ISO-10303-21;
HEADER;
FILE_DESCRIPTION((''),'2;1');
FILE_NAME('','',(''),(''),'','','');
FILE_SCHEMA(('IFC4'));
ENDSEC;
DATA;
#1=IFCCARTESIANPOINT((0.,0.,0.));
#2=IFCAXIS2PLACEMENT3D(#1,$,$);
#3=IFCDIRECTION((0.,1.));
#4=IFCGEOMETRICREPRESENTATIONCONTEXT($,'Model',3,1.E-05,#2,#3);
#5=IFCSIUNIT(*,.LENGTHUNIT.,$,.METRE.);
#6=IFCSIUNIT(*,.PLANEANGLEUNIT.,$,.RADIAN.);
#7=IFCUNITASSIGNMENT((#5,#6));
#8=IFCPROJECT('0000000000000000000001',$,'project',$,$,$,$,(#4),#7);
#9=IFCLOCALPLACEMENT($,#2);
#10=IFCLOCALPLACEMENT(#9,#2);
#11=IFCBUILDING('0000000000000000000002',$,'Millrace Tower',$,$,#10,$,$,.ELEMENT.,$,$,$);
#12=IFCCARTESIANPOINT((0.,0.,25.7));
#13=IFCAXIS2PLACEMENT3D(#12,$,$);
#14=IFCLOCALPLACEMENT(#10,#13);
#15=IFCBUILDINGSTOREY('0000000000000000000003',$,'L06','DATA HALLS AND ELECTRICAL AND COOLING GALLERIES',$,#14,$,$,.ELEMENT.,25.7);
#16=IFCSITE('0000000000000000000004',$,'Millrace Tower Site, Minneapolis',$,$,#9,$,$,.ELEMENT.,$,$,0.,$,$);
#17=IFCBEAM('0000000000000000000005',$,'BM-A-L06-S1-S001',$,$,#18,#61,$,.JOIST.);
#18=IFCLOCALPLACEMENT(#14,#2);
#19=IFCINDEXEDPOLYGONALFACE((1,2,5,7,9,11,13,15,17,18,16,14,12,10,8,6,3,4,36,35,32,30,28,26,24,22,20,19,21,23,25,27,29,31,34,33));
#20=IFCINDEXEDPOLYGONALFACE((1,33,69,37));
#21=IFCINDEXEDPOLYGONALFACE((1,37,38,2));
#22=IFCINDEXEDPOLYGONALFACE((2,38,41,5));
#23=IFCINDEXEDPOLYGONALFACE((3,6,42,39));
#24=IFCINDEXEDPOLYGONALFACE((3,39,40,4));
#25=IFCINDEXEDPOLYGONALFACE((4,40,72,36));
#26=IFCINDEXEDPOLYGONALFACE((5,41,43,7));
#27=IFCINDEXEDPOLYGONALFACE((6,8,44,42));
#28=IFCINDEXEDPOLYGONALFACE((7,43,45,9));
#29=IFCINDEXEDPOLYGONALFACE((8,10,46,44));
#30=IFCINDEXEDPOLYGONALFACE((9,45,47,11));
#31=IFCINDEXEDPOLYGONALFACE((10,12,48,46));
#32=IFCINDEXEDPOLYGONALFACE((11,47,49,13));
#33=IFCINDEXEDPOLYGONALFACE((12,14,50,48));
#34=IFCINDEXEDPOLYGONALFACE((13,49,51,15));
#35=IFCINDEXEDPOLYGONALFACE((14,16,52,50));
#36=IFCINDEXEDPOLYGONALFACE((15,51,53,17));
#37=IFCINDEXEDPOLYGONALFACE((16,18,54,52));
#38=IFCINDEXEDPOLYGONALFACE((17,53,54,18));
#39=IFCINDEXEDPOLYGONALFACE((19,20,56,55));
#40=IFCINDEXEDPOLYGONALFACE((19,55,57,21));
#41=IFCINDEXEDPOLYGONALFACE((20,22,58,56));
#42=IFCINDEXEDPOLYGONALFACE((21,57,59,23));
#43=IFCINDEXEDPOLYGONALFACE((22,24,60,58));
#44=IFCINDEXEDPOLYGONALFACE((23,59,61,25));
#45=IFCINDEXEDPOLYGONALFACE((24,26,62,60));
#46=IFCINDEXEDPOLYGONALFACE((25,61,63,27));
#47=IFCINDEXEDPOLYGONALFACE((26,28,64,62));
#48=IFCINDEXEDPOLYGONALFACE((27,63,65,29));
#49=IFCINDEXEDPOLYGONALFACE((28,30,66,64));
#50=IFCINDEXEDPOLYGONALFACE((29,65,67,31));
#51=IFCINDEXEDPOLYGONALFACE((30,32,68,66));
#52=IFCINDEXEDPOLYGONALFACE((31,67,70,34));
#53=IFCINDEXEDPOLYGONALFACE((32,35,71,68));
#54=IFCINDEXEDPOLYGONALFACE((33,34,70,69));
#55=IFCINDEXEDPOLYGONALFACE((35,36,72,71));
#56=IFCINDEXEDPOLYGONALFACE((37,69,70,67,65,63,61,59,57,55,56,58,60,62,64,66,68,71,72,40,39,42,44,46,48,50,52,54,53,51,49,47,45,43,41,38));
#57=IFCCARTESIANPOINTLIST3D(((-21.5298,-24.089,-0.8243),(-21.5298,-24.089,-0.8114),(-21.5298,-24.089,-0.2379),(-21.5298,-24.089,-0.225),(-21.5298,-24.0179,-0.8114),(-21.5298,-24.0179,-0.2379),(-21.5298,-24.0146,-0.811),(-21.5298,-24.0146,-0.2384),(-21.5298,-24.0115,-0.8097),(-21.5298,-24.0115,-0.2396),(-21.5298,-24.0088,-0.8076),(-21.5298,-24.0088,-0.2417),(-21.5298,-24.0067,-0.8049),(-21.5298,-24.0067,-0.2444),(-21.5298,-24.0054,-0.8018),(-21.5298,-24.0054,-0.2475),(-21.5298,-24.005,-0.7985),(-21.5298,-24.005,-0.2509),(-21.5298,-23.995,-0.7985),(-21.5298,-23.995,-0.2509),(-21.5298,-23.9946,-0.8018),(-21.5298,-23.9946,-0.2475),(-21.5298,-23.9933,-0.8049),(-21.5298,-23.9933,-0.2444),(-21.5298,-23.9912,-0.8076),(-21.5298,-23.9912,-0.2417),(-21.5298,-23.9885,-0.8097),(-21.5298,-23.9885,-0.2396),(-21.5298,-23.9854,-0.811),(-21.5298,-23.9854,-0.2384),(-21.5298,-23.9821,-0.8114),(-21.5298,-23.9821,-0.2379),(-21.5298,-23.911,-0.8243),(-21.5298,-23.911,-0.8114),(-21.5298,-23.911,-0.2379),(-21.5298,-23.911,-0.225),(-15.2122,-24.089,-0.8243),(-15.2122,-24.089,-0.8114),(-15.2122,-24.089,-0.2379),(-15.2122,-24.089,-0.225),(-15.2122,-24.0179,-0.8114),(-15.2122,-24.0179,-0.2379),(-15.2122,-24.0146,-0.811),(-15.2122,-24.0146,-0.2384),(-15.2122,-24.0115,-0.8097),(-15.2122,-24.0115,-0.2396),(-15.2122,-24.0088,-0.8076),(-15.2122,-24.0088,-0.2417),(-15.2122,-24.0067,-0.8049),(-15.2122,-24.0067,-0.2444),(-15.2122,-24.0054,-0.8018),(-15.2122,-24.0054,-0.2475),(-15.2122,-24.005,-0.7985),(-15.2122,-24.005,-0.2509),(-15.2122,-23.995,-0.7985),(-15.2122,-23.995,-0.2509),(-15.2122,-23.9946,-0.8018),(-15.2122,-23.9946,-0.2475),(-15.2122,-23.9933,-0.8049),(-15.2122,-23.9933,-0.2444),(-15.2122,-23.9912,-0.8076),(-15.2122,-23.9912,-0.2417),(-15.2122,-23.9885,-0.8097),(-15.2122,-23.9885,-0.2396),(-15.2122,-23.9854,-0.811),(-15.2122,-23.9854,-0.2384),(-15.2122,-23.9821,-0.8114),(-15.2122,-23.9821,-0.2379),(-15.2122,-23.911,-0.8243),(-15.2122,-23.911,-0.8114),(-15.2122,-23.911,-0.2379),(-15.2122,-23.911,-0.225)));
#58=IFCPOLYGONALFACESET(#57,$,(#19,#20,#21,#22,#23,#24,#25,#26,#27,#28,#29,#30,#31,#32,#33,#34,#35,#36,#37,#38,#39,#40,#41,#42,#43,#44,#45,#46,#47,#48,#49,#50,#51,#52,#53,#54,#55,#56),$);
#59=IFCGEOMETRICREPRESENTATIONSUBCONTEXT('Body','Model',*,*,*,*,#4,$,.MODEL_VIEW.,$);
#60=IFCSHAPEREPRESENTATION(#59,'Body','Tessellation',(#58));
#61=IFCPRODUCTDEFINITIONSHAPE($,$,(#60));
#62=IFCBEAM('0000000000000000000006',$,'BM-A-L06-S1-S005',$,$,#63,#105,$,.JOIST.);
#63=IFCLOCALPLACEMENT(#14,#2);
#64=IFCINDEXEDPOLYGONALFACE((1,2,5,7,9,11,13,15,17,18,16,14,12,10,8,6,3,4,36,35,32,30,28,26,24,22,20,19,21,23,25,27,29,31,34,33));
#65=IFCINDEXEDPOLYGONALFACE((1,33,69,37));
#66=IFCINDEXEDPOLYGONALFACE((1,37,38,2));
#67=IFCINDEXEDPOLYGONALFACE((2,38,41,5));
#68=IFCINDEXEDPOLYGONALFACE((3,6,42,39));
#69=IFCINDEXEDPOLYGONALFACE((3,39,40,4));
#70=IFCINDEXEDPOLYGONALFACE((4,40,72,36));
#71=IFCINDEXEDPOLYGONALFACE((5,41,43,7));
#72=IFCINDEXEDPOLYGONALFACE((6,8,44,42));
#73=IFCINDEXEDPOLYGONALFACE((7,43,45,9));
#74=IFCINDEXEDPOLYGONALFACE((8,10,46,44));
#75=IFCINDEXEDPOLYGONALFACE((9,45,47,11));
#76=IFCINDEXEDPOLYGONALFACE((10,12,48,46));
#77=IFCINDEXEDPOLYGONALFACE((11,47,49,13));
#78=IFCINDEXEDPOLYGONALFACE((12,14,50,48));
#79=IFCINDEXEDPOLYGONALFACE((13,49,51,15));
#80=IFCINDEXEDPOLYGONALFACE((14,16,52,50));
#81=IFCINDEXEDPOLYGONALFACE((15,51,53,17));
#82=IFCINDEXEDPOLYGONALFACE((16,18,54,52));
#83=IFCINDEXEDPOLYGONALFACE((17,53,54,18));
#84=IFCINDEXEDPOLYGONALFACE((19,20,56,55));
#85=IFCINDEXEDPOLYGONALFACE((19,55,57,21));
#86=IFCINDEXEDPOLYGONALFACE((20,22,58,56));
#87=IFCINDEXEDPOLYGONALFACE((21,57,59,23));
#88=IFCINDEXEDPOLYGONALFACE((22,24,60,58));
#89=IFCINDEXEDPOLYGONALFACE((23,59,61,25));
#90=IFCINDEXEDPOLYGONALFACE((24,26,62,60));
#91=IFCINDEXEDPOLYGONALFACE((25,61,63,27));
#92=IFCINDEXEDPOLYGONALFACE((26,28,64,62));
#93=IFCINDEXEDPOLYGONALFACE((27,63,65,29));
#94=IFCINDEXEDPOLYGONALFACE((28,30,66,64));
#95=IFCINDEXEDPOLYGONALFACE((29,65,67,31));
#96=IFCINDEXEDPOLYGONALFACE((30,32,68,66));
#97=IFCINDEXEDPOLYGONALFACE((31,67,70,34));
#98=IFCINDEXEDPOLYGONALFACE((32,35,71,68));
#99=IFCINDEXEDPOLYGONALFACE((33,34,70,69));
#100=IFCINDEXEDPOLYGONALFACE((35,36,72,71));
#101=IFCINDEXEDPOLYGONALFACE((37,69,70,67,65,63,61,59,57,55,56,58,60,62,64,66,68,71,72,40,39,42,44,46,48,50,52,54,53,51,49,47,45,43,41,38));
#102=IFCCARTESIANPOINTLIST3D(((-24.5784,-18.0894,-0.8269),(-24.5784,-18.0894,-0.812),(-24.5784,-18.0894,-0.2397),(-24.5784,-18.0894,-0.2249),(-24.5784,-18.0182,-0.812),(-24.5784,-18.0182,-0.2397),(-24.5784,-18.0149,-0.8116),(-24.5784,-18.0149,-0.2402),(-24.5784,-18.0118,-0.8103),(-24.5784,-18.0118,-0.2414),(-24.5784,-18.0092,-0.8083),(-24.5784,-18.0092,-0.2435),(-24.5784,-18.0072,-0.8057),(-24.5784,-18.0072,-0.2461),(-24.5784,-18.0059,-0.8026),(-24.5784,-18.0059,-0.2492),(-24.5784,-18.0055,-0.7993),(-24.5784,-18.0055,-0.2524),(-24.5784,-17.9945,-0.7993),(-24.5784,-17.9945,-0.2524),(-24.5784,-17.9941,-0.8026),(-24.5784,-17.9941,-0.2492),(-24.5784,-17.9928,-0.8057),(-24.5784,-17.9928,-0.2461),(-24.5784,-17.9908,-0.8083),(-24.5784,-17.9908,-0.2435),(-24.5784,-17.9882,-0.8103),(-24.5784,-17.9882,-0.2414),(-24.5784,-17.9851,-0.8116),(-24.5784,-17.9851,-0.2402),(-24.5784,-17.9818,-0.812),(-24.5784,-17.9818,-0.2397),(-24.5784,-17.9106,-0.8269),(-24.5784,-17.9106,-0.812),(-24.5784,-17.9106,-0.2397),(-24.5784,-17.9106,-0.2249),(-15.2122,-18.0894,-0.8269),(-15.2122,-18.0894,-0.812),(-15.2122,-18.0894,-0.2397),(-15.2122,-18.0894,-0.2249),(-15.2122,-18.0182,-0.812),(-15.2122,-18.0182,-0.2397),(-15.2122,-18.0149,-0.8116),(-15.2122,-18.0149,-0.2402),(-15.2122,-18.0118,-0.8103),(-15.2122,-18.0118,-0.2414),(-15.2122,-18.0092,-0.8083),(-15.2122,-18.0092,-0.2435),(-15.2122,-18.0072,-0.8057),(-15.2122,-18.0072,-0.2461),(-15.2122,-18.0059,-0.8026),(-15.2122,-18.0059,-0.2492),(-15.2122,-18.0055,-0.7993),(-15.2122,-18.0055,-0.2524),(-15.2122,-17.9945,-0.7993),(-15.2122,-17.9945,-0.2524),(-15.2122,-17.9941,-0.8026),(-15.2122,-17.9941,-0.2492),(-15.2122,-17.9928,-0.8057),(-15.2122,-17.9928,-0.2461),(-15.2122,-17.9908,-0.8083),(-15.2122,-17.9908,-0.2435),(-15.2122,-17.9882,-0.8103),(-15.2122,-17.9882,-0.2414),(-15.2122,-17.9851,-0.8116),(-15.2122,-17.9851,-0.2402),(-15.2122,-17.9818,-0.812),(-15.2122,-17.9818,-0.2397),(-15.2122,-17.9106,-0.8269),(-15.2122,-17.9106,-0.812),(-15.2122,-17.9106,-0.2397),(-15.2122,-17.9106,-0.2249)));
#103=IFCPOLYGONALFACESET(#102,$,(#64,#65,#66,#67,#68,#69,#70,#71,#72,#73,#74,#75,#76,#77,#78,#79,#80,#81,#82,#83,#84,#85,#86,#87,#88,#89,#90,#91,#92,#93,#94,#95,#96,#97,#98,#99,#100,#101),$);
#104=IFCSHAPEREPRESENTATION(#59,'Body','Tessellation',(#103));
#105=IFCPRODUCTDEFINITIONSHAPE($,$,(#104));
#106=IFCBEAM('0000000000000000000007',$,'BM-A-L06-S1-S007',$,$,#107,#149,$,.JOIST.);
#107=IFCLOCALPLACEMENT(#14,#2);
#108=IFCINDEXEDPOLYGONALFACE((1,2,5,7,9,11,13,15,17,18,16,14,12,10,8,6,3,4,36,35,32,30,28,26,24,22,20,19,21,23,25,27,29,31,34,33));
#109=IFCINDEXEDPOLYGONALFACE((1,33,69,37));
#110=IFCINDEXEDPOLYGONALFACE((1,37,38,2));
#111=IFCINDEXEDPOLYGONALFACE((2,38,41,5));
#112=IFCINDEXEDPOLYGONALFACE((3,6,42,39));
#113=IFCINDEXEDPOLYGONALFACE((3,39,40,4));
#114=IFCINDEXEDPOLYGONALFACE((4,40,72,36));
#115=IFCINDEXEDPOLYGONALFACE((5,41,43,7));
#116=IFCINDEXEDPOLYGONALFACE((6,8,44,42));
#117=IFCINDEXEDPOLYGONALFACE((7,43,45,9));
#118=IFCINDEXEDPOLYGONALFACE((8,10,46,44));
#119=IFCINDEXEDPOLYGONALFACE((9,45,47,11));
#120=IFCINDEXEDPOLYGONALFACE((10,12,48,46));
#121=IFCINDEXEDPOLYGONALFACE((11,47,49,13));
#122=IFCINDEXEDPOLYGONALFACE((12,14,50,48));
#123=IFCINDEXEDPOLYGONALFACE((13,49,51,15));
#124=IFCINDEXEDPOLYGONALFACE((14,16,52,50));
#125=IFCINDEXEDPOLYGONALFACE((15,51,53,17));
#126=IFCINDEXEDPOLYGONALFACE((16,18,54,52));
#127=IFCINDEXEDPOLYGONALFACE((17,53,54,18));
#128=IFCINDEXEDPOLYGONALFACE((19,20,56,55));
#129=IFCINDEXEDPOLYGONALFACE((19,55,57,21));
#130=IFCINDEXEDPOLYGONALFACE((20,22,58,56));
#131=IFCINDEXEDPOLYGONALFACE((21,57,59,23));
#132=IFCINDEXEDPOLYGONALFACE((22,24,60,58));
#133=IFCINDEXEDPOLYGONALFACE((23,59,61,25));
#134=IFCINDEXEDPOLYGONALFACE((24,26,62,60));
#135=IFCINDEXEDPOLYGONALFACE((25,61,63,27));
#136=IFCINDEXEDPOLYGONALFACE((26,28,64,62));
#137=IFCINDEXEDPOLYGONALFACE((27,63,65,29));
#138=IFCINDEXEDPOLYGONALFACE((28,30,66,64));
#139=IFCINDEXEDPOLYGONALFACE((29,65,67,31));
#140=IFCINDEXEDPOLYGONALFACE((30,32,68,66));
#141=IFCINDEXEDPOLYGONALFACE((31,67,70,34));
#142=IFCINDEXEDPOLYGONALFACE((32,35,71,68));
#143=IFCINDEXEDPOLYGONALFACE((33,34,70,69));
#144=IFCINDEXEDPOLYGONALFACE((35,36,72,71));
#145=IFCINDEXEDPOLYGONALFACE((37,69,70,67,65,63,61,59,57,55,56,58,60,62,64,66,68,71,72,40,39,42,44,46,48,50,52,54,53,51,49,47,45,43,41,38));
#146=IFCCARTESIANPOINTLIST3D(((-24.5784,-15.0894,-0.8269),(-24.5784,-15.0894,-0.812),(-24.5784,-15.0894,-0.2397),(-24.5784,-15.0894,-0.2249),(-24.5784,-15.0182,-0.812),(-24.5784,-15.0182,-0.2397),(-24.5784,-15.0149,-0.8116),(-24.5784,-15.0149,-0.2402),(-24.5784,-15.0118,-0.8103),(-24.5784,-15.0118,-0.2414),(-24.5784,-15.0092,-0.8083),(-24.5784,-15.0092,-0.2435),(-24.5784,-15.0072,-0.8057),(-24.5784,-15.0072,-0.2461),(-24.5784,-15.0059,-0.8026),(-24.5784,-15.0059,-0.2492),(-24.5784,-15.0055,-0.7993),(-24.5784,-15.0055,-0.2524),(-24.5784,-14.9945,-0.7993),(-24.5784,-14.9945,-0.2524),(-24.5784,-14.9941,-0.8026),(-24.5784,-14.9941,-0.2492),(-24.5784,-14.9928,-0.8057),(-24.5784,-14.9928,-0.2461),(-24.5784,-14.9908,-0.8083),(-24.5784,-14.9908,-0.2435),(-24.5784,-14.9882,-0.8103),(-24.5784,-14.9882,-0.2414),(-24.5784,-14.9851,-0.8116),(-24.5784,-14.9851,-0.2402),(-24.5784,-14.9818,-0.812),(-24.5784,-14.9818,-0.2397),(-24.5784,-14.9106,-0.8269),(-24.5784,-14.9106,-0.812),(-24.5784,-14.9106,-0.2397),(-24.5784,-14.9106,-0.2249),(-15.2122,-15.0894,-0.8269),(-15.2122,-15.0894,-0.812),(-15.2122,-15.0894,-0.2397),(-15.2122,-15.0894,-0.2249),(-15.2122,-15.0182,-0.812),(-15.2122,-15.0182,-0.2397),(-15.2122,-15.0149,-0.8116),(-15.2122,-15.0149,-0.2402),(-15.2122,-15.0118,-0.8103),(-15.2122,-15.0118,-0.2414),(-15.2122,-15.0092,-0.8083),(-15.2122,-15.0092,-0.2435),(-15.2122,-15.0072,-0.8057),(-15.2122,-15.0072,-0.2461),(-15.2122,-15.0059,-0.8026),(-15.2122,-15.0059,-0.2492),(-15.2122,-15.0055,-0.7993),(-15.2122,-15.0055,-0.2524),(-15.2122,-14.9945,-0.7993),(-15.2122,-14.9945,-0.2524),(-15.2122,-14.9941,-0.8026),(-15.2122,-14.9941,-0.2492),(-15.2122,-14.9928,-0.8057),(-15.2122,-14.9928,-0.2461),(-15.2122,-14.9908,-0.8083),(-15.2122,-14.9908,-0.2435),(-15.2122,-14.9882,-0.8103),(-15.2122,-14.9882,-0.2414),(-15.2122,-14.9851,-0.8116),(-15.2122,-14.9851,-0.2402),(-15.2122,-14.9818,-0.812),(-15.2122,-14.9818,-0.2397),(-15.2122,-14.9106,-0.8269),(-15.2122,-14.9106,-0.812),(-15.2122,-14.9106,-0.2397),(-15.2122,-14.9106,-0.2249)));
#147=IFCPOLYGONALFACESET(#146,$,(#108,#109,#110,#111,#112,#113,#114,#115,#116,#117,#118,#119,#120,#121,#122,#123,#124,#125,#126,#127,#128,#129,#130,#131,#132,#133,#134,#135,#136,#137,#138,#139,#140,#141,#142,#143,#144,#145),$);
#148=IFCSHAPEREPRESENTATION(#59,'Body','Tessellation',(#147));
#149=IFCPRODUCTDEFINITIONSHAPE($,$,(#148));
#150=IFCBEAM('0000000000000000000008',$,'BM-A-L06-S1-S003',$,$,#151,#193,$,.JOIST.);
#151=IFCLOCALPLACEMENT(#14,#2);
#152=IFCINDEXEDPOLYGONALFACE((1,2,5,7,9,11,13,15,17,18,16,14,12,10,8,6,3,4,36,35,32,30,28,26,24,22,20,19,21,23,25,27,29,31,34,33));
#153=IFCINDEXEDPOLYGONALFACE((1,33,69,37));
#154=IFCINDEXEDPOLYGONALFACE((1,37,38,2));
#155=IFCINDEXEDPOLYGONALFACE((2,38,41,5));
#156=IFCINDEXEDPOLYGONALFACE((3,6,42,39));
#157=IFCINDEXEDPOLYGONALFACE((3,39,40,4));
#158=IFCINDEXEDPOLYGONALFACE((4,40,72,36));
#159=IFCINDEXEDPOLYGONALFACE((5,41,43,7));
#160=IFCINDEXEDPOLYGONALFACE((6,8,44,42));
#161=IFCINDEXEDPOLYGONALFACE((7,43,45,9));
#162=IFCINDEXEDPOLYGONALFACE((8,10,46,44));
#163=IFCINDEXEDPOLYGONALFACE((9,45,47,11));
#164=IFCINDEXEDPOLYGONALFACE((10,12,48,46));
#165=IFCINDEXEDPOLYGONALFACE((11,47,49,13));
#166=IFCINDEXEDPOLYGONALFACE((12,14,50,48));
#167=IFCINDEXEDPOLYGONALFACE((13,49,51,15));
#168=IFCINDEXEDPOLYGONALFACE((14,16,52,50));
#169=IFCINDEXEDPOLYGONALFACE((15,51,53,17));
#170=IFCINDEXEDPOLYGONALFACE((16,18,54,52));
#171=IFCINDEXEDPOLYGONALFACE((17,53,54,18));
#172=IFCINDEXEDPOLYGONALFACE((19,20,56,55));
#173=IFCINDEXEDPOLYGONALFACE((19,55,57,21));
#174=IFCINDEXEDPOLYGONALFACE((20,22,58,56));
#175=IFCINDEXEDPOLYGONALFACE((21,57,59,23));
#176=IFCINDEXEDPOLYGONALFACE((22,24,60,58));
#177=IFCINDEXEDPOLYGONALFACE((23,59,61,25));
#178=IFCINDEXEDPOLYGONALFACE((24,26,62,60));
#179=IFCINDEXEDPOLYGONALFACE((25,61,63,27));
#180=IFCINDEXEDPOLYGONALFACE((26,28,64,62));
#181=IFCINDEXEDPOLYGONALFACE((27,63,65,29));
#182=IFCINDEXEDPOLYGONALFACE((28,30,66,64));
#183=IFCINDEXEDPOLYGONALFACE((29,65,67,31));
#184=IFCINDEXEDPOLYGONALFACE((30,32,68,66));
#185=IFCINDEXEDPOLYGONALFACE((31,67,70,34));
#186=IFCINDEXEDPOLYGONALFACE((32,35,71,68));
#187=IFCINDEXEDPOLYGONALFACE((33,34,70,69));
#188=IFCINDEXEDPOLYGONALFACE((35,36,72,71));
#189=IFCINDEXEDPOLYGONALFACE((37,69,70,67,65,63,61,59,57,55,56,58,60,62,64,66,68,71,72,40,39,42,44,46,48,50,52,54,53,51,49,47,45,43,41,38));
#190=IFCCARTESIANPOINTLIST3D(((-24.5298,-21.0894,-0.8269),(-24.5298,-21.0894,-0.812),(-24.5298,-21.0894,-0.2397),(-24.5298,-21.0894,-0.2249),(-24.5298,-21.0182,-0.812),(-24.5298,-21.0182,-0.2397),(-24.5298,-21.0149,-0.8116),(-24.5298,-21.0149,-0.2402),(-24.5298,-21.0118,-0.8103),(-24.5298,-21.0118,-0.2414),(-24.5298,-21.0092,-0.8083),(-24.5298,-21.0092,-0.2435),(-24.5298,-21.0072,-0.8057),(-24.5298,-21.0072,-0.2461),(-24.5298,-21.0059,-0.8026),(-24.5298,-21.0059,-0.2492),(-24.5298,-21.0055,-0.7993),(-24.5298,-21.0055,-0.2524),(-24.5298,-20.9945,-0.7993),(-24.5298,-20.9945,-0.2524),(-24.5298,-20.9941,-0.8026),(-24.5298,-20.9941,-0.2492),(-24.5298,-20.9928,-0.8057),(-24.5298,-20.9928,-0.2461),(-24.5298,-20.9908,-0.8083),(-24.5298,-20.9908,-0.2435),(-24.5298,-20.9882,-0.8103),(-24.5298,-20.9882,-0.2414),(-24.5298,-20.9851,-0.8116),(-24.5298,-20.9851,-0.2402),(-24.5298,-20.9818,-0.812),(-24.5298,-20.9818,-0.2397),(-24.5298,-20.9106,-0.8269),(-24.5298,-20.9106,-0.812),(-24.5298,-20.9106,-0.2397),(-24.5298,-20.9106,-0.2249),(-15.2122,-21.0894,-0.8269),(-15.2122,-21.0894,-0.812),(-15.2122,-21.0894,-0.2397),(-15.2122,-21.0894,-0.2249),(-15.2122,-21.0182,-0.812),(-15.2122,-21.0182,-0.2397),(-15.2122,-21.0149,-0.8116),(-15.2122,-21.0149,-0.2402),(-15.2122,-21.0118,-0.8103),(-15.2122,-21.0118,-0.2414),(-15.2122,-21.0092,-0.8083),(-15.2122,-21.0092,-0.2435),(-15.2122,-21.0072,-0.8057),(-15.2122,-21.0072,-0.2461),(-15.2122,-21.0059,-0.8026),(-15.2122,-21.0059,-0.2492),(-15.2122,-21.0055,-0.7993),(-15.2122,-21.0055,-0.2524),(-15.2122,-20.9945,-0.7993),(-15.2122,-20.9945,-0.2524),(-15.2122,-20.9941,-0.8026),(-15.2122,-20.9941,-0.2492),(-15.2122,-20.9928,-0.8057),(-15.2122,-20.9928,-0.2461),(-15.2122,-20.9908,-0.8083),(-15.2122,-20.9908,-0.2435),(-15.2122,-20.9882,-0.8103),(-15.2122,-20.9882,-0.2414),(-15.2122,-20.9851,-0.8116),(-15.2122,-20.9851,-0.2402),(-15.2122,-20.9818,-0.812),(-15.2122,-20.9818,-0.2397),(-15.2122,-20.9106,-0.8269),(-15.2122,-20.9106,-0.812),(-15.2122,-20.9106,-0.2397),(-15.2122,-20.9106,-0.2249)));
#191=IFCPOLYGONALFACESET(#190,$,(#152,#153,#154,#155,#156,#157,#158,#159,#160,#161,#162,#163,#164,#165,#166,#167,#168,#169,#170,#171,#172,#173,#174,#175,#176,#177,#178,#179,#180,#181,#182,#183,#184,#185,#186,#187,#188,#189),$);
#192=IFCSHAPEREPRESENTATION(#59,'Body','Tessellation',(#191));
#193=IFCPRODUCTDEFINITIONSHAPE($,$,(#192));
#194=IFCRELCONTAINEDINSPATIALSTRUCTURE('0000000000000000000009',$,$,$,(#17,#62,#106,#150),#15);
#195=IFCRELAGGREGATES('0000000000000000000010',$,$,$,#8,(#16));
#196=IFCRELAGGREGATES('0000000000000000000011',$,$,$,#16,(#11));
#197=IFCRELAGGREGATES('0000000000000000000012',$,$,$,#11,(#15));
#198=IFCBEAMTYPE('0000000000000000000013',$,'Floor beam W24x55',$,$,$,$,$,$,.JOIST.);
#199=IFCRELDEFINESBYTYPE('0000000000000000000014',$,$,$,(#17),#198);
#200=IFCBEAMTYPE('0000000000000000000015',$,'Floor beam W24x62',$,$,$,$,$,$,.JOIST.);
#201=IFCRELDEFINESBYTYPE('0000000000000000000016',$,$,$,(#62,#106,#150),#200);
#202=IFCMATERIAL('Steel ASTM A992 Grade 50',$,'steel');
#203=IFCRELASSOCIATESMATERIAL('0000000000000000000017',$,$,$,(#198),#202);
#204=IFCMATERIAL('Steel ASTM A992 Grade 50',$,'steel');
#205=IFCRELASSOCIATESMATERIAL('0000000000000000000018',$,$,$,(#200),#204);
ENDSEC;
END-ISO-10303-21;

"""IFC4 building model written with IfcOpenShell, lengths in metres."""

from ifc_helpers import new_model, si_unit, direction, frame, origin, origin_2d, place, context, subcontext, project, spatial, i_section, extrude, material, material_profile, profile_set, type_object, element, save


model = new_model("IFC4")

# Units and contexts
model_context = context("Model", 3, precision=1e-05, world=origin(), true_north=direction((0.0, 1.0)))
body_context = subcontext(model_context, "Body", "Model", "MODEL_VIEW")
ifc_project = project(units=[si_unit("LENGTHUNIT", "METRE"), si_unit("PLANEANGLEUNIT", "RADIAN")], contexts=[model_context])

# Site, building, storey
site_placement = place(None, origin())
site = spatial("IfcSite", under=ifc_project, at=site_placement, Name="Millrace Tower Site, Minneapolis", CompositionType="ELEMENT", RefElevation=0.0)
building_placement = place(site_placement, origin())
building = spatial("IfcBuilding", under=site, at=building_placement, Name="Millrace Tower", CompositionType="ELEMENT")
storey_placement = place(building_placement, frame((0.0, 0.0, 25.7)))
storey = spatial("IfcBuildingStorey", under=building, at=storey_placement, Name="L06", Description="DATA HALLS AND ELECTRICAL AND COOLING GALLERIES", CompositionType="ELEMENT", Elevation=25.7)

# Beams
ifc_material_1 = material(Name="Steel ASTM A992 Grade 50", Category="steel")
ifc_material_profile_1 = material_profile(ifc_material_1, i_section(OverallWidth=0.178, OverallDepth=0.5994, WebThickness=0.01, FlangeThickness=0.0129, FilletRadius=0.0129, at=origin_2d()))
ifc_profile_set_1 = profile_set([ifc_material_profile_1], Name="Steel ASTM A992 Grade 50")
beam_type_1 = type_object("IfcBeamType", Name="Floor beam W24x55", PredefinedType="JOIST", material=ifc_profile_set_1)
beam_1_placement = place(storey_placement, frame((-21.5298, -24.0, -0.5247), z_axis=(1.0, 0.0, 0.0), x_axis=(0.0, 1.0, 0.0)))
element("IfcBeam", 1, at=beam_1_placement, inside=storey, type_object=beam_type_1, Name="BM-A-L06-S1-S001", PredefinedType="JOIST", context=body_context, shape_type="SweptSolid", body=[
    extrude(i_section(OverallWidth=0.178, OverallDepth=0.5994, WebThickness=0.01, FlangeThickness=0.0129, FilletRadius=0.0129, at=origin_2d()), origin(), (0.0, 0.0, 1.0), 6.3176),
])
ifc_material_2 = material(Name="Steel ASTM A992 Grade 50", Category="steel")
ifc_material_profile_2 = material_profile(ifc_material_2, i_section(OverallWidth=0.1787, OverallDepth=0.6021, WebThickness=0.011, FlangeThickness=0.0149, FilletRadius=0.0127, at=origin_2d()))
ifc_profile_set_2 = profile_set([ifc_material_profile_2], Name="Steel ASTM A992 Grade 50")
beam_type_2 = type_object("IfcBeamType", Name="Floor beam W24x62", PredefinedType="JOIST", material=ifc_profile_set_2)
for number, where, z_axis, x_axis, name in (
    (2, (-24.5784, -18.0, -0.5259), (1.0, 0.0, 0.0), (0.0, 1.0, 0.0), "BM-A-L06-S1-S005"),
    (3, (-24.5784, -15.0, -0.5259), (1.0, 0.0, 0.0), (0.0, 1.0, 0.0), "BM-A-L06-S1-S007"),
):
    element("IfcBeam", number, at=place(storey_placement, frame(where, z_axis=z_axis, x_axis=x_axis)), inside=storey, type_object=beam_type_2, Name=name, PredefinedType="JOIST", context=body_context, shape_type="SweptSolid", body=[
        extrude(i_section(OverallWidth=0.1787, OverallDepth=0.6021, WebThickness=0.011, FlangeThickness=0.0149, FilletRadius=0.0127, at=origin_2d()), origin(), (0.0, 0.0, 1.0), 9.3662),
    ])
beam_2_placement = place(storey_placement, frame((-24.5298, -21.0, -0.5259), z_axis=(1.0, 0.0, 0.0), x_axis=(0.0, 1.0, 0.0)))
element("IfcBeam", 4, at=beam_2_placement, inside=storey, type_object=beam_type_2, Name="BM-A-L06-S1-S003", PredefinedType="JOIST", context=body_context, shape_type="SweptSolid", body=[
    extrude(i_section(OverallWidth=0.1787, OverallDepth=0.6021, WebThickness=0.011, FlangeThickness=0.0149, FilletRadius=0.0127, at=origin_2d()), origin(), (0.0, 0.0, 1.0), 9.3176),
])

save(model, "model.ifc")
